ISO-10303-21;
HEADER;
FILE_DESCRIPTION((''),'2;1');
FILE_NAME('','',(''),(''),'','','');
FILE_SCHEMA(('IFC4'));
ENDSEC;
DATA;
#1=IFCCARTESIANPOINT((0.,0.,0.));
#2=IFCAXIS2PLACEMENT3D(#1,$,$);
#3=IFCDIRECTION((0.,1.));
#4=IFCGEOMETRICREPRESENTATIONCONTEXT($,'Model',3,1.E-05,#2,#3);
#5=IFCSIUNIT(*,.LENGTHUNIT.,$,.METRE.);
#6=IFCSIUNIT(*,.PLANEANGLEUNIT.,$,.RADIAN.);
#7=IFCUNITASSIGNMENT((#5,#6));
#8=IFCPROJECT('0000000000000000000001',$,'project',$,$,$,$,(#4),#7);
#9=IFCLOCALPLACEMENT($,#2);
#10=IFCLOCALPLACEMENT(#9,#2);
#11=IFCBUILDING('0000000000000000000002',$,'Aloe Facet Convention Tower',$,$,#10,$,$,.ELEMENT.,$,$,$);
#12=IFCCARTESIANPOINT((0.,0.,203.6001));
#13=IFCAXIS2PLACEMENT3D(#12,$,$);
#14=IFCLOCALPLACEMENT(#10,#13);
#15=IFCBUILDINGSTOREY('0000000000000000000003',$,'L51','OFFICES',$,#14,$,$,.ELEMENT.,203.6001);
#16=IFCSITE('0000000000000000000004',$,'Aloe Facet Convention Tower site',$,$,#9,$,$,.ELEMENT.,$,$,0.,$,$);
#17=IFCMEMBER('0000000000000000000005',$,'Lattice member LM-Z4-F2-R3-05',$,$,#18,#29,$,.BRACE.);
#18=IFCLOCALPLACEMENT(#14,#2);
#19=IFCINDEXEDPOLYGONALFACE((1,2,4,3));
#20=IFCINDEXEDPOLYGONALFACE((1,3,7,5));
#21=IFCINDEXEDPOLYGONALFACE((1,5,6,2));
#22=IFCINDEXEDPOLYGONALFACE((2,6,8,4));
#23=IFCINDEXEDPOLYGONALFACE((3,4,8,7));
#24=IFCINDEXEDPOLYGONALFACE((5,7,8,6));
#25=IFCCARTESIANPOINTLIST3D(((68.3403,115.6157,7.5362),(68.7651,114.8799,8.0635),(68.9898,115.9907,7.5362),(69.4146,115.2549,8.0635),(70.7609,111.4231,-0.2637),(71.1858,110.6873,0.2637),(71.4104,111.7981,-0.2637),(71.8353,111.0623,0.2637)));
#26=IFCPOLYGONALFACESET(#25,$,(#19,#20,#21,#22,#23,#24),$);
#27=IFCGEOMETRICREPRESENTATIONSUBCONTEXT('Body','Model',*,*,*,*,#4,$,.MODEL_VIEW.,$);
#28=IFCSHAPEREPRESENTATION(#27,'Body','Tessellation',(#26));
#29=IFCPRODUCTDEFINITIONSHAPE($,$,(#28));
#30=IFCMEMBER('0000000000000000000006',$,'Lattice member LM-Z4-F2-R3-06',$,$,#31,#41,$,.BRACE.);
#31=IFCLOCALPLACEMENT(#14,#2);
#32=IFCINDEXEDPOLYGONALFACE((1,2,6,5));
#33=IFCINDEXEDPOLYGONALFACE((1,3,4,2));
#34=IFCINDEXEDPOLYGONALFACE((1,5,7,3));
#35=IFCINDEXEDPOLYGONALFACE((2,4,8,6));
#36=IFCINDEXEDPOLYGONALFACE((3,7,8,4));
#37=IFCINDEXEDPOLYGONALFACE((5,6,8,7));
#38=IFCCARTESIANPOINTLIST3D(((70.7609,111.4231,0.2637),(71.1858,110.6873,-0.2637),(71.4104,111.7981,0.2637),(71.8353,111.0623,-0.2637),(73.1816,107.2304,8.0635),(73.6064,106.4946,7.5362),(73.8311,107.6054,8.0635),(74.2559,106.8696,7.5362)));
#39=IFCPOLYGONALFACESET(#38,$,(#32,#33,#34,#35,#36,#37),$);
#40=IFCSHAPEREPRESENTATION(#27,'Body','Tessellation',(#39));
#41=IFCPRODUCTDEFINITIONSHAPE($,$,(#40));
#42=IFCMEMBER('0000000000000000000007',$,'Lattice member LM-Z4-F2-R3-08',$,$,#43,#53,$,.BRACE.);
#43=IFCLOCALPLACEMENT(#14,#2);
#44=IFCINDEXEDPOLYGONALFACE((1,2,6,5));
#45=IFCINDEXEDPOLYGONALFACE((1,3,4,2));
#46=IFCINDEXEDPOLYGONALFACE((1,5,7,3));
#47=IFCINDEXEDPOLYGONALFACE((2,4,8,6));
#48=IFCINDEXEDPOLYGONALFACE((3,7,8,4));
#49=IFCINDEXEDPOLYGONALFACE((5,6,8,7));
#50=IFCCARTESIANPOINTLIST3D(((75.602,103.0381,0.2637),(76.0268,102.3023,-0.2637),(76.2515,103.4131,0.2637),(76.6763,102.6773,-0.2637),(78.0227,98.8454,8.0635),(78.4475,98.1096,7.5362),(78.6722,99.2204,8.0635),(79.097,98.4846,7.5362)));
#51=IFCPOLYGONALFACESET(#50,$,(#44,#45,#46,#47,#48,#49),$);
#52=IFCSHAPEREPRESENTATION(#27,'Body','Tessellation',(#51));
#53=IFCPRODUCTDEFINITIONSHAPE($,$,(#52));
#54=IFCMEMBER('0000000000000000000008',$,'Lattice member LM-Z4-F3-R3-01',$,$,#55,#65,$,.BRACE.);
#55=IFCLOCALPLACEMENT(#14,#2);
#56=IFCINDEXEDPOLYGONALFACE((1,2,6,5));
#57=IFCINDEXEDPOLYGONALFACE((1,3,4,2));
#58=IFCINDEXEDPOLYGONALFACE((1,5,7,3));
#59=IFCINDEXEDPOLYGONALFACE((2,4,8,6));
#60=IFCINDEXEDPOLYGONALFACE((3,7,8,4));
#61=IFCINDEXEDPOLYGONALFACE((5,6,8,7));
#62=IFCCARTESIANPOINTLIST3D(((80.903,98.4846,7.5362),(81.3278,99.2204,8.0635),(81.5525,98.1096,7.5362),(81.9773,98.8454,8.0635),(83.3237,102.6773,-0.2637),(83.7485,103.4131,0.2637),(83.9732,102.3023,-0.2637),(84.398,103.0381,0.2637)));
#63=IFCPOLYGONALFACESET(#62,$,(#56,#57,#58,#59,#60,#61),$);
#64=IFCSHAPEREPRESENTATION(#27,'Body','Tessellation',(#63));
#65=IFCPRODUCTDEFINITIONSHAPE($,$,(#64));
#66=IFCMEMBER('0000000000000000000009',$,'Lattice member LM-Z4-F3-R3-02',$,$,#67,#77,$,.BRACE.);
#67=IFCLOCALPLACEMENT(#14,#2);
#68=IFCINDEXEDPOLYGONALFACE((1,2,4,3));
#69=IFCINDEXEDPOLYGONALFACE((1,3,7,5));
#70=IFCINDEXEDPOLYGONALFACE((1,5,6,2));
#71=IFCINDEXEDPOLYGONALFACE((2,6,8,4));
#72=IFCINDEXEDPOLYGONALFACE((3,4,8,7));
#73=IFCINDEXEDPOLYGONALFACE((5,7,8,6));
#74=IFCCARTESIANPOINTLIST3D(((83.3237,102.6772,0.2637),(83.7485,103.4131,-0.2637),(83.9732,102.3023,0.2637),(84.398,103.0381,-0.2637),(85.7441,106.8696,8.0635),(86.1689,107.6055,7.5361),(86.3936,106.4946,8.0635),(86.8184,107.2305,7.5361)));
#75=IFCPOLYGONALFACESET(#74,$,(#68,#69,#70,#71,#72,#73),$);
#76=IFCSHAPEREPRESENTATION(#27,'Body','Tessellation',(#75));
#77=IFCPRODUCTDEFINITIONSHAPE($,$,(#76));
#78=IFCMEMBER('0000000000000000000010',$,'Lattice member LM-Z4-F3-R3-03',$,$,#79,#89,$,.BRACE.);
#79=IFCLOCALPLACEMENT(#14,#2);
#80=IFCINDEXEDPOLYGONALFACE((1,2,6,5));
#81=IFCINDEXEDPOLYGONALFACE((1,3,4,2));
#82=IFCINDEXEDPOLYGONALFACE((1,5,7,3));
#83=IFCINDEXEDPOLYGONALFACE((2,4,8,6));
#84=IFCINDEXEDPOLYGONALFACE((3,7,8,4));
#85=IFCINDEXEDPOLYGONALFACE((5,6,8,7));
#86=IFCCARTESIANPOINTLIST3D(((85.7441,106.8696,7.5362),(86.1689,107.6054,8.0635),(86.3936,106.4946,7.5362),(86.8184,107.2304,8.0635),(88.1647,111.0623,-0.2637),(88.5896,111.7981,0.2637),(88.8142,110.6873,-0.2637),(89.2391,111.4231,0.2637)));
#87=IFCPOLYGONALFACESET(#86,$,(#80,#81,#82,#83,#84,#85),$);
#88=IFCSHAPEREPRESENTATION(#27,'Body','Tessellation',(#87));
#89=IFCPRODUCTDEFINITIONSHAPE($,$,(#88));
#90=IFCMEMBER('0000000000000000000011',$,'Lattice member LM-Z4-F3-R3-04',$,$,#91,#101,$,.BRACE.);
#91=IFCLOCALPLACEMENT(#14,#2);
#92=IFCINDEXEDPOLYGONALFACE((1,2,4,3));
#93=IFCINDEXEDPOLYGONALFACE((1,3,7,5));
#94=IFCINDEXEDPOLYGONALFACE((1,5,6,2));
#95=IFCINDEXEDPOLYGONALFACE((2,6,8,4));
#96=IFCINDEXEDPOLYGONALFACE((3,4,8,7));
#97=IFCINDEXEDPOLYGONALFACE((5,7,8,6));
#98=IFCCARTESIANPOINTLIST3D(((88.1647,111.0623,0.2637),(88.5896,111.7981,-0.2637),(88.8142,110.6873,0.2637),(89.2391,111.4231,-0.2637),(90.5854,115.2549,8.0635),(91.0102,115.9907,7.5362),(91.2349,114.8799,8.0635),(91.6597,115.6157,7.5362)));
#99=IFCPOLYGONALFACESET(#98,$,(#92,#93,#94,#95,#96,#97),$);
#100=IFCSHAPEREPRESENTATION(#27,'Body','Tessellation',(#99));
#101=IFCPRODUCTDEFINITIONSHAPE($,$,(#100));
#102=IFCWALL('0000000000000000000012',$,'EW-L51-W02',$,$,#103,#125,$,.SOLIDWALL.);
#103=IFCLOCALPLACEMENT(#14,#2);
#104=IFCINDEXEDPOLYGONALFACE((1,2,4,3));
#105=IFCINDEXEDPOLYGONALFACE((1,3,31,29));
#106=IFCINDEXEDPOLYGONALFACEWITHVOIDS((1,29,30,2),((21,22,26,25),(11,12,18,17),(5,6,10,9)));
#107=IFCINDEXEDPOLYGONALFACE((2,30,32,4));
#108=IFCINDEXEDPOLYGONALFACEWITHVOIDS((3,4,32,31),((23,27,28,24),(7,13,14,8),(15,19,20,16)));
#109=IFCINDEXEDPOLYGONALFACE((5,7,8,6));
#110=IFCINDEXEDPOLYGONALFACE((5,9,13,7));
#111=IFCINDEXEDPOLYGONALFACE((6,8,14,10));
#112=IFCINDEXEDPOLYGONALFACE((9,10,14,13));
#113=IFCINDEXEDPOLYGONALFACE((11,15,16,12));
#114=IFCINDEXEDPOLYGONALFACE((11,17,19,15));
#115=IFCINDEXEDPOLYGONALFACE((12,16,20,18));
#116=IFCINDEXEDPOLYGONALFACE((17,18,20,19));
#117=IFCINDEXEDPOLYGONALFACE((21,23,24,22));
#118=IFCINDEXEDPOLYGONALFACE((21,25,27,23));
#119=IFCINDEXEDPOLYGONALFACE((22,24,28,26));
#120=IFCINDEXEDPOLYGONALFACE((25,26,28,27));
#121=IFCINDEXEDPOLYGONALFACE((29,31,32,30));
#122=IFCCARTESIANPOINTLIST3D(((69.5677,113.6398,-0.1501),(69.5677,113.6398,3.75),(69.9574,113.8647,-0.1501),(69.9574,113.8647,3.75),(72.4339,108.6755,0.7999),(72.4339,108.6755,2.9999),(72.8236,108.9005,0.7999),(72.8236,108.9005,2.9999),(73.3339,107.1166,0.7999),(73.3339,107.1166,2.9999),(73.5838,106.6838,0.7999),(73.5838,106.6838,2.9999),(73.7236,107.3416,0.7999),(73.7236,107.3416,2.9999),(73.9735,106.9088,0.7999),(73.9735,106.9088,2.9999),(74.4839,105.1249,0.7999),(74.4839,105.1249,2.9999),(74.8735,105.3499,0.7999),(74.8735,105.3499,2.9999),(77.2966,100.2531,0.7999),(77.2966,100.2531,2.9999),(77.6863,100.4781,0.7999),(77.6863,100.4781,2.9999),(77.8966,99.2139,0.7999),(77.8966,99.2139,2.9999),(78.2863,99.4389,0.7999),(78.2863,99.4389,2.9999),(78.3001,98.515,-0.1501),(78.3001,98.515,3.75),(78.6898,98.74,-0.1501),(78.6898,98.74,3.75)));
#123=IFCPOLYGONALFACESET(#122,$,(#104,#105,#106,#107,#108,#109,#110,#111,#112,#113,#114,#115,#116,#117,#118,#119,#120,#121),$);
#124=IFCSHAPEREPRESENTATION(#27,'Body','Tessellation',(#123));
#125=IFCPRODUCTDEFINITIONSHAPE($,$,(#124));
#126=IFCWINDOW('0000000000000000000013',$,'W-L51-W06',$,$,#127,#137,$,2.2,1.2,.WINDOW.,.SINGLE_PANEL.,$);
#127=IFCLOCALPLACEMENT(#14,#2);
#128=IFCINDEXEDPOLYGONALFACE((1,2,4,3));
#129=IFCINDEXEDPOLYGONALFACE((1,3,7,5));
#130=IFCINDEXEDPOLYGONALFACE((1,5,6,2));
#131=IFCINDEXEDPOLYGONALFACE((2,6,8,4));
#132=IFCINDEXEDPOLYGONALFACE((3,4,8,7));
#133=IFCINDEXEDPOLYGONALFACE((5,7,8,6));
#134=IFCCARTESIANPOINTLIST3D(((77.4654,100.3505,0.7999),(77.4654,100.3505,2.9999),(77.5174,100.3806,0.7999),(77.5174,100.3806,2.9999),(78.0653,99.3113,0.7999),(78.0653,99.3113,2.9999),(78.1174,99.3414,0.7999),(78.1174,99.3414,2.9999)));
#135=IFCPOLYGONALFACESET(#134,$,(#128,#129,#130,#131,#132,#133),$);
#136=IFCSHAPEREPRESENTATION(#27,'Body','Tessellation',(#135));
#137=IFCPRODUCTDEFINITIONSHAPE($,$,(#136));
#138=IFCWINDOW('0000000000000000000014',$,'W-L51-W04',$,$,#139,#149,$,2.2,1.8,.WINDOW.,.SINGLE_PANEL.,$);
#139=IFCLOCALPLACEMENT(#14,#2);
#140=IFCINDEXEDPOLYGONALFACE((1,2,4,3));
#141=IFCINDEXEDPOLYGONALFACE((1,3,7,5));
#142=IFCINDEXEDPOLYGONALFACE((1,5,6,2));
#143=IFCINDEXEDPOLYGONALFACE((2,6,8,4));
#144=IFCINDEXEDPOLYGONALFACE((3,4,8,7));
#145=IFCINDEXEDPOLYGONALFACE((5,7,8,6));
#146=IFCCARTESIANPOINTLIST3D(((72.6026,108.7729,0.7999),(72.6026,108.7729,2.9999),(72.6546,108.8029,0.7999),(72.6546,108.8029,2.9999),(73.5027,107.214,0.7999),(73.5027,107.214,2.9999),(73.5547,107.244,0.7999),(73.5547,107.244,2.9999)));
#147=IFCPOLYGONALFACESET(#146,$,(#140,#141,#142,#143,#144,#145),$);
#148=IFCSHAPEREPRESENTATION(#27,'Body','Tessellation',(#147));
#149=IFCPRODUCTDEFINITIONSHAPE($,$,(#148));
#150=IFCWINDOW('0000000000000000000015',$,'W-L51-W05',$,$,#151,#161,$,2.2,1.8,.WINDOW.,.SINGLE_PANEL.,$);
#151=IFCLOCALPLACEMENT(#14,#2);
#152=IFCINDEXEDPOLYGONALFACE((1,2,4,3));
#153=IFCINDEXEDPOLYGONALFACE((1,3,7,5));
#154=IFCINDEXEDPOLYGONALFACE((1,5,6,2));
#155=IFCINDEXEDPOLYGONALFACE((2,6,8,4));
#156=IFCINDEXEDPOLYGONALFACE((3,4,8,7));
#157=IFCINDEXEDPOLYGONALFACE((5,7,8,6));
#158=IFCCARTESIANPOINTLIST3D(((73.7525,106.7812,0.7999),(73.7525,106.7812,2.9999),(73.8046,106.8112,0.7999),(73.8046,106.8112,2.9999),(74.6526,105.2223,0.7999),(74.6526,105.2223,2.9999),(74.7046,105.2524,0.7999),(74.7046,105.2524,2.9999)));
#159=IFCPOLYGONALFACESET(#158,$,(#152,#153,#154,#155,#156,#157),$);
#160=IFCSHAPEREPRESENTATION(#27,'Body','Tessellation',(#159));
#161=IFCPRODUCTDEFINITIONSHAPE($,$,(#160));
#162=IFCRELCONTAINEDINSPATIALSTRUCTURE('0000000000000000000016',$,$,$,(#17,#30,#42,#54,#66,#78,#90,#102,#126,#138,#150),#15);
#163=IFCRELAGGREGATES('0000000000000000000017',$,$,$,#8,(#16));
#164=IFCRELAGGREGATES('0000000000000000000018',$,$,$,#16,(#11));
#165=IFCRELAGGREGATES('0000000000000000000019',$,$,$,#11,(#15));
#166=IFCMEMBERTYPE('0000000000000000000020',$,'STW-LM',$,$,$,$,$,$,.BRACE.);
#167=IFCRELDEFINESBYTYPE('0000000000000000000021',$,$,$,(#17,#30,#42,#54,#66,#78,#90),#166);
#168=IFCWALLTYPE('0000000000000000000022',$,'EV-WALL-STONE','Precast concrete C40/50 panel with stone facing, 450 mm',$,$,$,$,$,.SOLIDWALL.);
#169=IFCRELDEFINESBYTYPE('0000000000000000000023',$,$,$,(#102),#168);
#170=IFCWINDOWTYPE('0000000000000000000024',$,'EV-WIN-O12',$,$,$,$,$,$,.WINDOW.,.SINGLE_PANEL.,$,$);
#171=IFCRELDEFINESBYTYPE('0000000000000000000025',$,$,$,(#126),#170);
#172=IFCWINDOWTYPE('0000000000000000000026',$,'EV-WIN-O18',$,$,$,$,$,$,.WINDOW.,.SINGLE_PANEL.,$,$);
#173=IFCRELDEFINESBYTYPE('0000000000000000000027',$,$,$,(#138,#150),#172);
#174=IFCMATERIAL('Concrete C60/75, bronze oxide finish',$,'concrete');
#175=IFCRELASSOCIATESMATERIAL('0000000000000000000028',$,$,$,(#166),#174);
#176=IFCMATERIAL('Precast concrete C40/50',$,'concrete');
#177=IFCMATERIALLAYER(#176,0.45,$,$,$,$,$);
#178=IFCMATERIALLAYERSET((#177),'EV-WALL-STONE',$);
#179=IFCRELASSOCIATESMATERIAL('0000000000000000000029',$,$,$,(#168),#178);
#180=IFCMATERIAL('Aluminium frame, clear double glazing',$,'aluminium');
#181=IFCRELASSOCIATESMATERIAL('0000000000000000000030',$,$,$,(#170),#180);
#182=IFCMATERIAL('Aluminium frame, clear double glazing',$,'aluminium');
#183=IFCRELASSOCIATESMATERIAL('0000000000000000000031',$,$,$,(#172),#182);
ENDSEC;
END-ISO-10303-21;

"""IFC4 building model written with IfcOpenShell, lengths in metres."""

from ifc_helpers import new_model, si_unit, direction, frame, frame_2d, origin, origin_2d, place, context, subcontext, project, spatial, polyline, rectangle, outline, extrude, material, layer, layer_set, material_profile, profile_set, type_object, element, fill, save


model = new_model("IFC4")

# Units and contexts
model_context = context("Model", 3, precision=1e-05, world=origin(), true_north=direction((0.0, 1.0)))
body_context = subcontext(model_context, "Body", "Model", "MODEL_VIEW")
ifc_project = project(units=[si_unit("LENGTHUNIT", "METRE"), si_unit("PLANEANGLEUNIT", "RADIAN")], contexts=[model_context])

# Site, building, storey
site_placement = place(None, origin())
site = spatial("IfcSite", under=ifc_project, at=site_placement, Name="Aloe Facet Convention Tower site", CompositionType="ELEMENT", RefElevation=0.0)
building_placement = place(site_placement, origin())
building = spatial("IfcBuilding", under=site, at=building_placement, Name="Aloe Facet Convention Tower", CompositionType="ELEMENT")
storey_placement = place(building_placement, frame((0.0, 0.0, 203.6001)))
storey = spatial("IfcBuildingStorey", under=building, at=storey_placement, Name="L51", Description="OFFICES", CompositionType="ELEMENT", Elevation=203.6001)

# Members
ifc_material_1 = material(Name="Concrete C60/75, bronze oxide finish", Category="concrete")
ifc_material_profile_1 = material_profile(ifc_material_1, rectangle(XDim=0.75, YDim=1.0, at=origin_2d()), Name="STW-LM")
ifc_profile_set_1 = profile_set([ifc_material_profile_1], Name="Concrete C60/75, bronze oxide finish")
member_type = type_object("IfcMemberType", Name="STW-LM", PredefinedType="BRACE", material=ifc_profile_set_1)
for number, where, z_axis, x_axis, name in (
    (1, (71.2981, 111.2427, 0.0), (-0.263684, 0.456707, 0.849641), (-0.866022, -0.500006, 0.0), "Lattice member LM-Z4-F2-R3-05"),
    (2, (71.2981, 111.2427, 0.0), (0.263684, -0.456707, 0.849641), (0.866022, 0.500006, 0.0), "Lattice member LM-Z4-F2-R3-06"),
    (3, (76.1392, 102.8577, 0.0), (0.263684, -0.456707, 0.849641), (0.866022, 0.500006, 0.0), "Lattice member LM-Z4-F2-R3-08"),
    (4, (83.8608, 102.8577, 0.0), (-0.263684, -0.456707, 0.849641), (0.866022, -0.500006, 0.0), "Lattice member LM-Z4-F3-R3-01"),
):
    element("IfcMember", number, at=place(storey_placement, frame(where, z_axis=z_axis, x_axis=x_axis)), inside=storey, type_object=member_type, Name=name, PredefinedType="BRACE", context=body_context, shape_type="SweptSolid", body=[
        extrude(rectangle(XDim=0.75, YDim=1.0, at=origin_2d()), origin(), (0.0, 0.0, 1.0), 9.1802),
    ])
member_placement = place(storey_placement, frame((83.8608, 102.8577, 0.0), z_axis=(0.263663, 0.456689, 0.849657), x_axis=(-0.866031, 0.49999, 0.0)))
element("IfcMember", 5, at=member_placement, inside=storey, type_object=member_type, Name="Lattice member LM-Z4-F3-R3-02", PredefinedType="BRACE", context=body_context, shape_type="SweptSolid", body=[
    extrude(rectangle(XDim=0.75, YDim=1.0, at=origin_2d()), origin(), (0.0, 0.0, 1.0), 9.1799),
])
for number, where, z_axis, x_axis, name in (
    (6, (88.7019, 111.2427, 0.0), (-0.263684, -0.456707, 0.849641), (0.866022, -0.500006, 0.0), "Lattice member LM-Z4-F3-R3-03"),
    (7, (88.7019, 111.2427, 0.0), (0.263684, 0.456707, 0.849641), (-0.866022, 0.500006, 0.0), "Lattice member LM-Z4-F3-R3-04"),
):
    element("IfcMember", number, at=place(storey_placement, frame(where, z_axis=z_axis, x_axis=x_axis)), inside=storey, type_object=member_type, Name=name, PredefinedType="BRACE", context=body_context, shape_type="SweptSolid", body=[
        extrude(rectangle(XDim=0.75, YDim=1.0, at=origin_2d()), origin(), (0.0, 0.0, 1.0), 9.1802),
    ])

# Wall, openings, windows
ifc_material_2 = material(Name="Precast concrete C40/50", Category="concrete")
ifc_layer_1 = layer(ifc_material_2, 0.45)
ifc_layer_set_1 = layer_set([ifc_layer_1], Name="EV-WALL-STONE")
wall_type_1 = type_object("IfcWallType", Name="EV-WALL-STONE", Description="Precast concrete C40/50 panel with stone facing, 450 mm", PredefinedType="SOLIDWALL", material=ifc_layer_set_1)
wall_1_placement = place(storey_placement, frame((69.7625, 113.7522, -0.1501), z_axis=(0.0, 0.0, 1.0), x_axis=(0.500006, -0.866022, 0.0)))
wall_1 = element("IfcWall", 8, at=wall_1_placement, inside=storey, type_object=wall_type_1, Name="EW-L51-W02", PredefinedType="SOLIDWALL", context=body_context, shape_type="SweptSolid", body=[
    extrude(outline(polyline([(17.4646, 3.9001), (17.4646, 0.0), (0.0, 0.0), (0.0, 3.9001), (17.4646, 3.9001)])), frame((0.0, 0.2251, 0.0), z_axis=(0.0, -1.0, 0.0), x_axis=(1.0, 0.0, 0.0)), (0.0, 0.0, 1.0), 0.45),
])
opening_1_placement = place(wall_1_placement, frame((5.7324, 0.0, 0.95)))
opening_1 = element("IfcOpeningElement", 9, at=opening_1_placement, cuts=wall_1, PredefinedType="OPENING", context=body_context, shape_type="SweptSolid", body=[
    extrude(rectangle(XDim=1.8, YDim=2.2, at=frame_2d((0.8999, 1.1001))), frame((0.0, 0.2349, 0.0), z_axis=(0.0, -1.0, 0.0), x_axis=(1.0, 0.0, 0.0)), (0.0, 0.0, 1.0), 0.47),
])
opening_2_placement = place(wall_1_placement, frame((8.0322, 0.0, 0.95)))
opening_2 = element("IfcOpeningElement", 10, at=opening_2_placement, cuts=wall_1, PredefinedType="OPENING", context=body_context, shape_type="SweptSolid", body=[
    extrude(rectangle(XDim=1.8, YDim=2.2, at=frame_2d((0.8999, 1.1001))), frame((0.0, 0.2349, 0.0), z_axis=(0.0, -1.0, 0.0), x_axis=(1.0, 0.0, 0.0)), (0.0, 0.0, 1.0), 0.47),
])
opening_3_placement = place(wall_1_placement, frame((15.4575, 0.0, 0.95)))
opening_3 = element("IfcOpeningElement", 11, at=opening_3_placement, cuts=wall_1, PredefinedType="OPENING", context=body_context, shape_type="SweptSolid", body=[
    extrude(rectangle(XDim=1.2, YDim=2.2, at=frame_2d((0.6001, 1.1001))), frame((0.0, 0.2349, 0.0), z_axis=(0.0, -1.0, 0.0), x_axis=(1.0, 0.0, 0.0)), (0.0, 0.0, 1.0), 0.47),
])
ifc_material_3 = material(Name="Aluminium frame, clear double glazing", Category="aluminium")
window_type_1 = type_object("IfcWindowType", Name="EV-WIN-O12", PartitioningType="SINGLE_PANEL", PredefinedType="WINDOW", material=ifc_material_3)
window_1_placement = place(opening_3_placement, origin())
window_1 = element("IfcWindow", 12, at=window_1_placement, inside=storey, type_object=window_type_1, Name="W-L51-W06", OverallHeight=2.2, OverallWidth=1.2, PartitioningType="SINGLE_PANEL", PredefinedType="WINDOW", context=body_context, shape_type="SweptSolid", body=[
    extrude(rectangle(XDim=1.2, YDim=2.2, at=frame_2d((0.6001, 1.1001))), frame((0.0, 0.03, 0.0), z_axis=(0.0, -1.0, 0.0), x_axis=(1.0, 0.0, 0.0)), (0.0, 0.0, 1.0), 0.0601),
])
fill(opening_3, window_1)
ifc_material_4 = material(Name="Aluminium frame, clear double glazing", Category="aluminium")
window_type_2 = type_object("IfcWindowType", Name="EV-WIN-O18", PartitioningType="SINGLE_PANEL", PredefinedType="WINDOW", material=ifc_material_4)
window_2_placement = place(opening_1_placement, origin())
window_2 = element("IfcWindow", 13, at=window_2_placement, inside=storey, type_object=window_type_2, Name="W-L51-W04", OverallHeight=2.2, OverallWidth=1.8, PartitioningType="SINGLE_PANEL", PredefinedType="WINDOW", context=body_context, shape_type="SweptSolid", body=[
    extrude(rectangle(XDim=1.8, YDim=2.2, at=frame_2d((0.8999, 1.1001))), frame((0.0, 0.03, 0.0), z_axis=(0.0, -1.0, 0.0), x_axis=(1.0, 0.0, 0.0)), (0.0, 0.0, 1.0), 0.0601),
])
fill(opening_1, window_2)
window_3_placement = place(opening_2_placement, origin())
window_3 = element("IfcWindow", 14, at=window_3_placement, inside=storey, type_object=window_type_2, Name="W-L51-W05", OverallHeight=2.2, OverallWidth=1.8, PartitioningType="SINGLE_PANEL", PredefinedType="WINDOW", context=body_context, shape_type="SweptSolid", body=[
    extrude(rectangle(XDim=1.8, YDim=2.2, at=frame_2d((0.8999, 1.1001))), frame((0.0, 0.03, 0.0), z_axis=(0.0, -1.0, 0.0), x_axis=(1.0, 0.0, 0.0)), (0.0, 0.0, 1.0), 0.0601),
])
fill(opening_2, window_3)

save(model, "model.ifc")
